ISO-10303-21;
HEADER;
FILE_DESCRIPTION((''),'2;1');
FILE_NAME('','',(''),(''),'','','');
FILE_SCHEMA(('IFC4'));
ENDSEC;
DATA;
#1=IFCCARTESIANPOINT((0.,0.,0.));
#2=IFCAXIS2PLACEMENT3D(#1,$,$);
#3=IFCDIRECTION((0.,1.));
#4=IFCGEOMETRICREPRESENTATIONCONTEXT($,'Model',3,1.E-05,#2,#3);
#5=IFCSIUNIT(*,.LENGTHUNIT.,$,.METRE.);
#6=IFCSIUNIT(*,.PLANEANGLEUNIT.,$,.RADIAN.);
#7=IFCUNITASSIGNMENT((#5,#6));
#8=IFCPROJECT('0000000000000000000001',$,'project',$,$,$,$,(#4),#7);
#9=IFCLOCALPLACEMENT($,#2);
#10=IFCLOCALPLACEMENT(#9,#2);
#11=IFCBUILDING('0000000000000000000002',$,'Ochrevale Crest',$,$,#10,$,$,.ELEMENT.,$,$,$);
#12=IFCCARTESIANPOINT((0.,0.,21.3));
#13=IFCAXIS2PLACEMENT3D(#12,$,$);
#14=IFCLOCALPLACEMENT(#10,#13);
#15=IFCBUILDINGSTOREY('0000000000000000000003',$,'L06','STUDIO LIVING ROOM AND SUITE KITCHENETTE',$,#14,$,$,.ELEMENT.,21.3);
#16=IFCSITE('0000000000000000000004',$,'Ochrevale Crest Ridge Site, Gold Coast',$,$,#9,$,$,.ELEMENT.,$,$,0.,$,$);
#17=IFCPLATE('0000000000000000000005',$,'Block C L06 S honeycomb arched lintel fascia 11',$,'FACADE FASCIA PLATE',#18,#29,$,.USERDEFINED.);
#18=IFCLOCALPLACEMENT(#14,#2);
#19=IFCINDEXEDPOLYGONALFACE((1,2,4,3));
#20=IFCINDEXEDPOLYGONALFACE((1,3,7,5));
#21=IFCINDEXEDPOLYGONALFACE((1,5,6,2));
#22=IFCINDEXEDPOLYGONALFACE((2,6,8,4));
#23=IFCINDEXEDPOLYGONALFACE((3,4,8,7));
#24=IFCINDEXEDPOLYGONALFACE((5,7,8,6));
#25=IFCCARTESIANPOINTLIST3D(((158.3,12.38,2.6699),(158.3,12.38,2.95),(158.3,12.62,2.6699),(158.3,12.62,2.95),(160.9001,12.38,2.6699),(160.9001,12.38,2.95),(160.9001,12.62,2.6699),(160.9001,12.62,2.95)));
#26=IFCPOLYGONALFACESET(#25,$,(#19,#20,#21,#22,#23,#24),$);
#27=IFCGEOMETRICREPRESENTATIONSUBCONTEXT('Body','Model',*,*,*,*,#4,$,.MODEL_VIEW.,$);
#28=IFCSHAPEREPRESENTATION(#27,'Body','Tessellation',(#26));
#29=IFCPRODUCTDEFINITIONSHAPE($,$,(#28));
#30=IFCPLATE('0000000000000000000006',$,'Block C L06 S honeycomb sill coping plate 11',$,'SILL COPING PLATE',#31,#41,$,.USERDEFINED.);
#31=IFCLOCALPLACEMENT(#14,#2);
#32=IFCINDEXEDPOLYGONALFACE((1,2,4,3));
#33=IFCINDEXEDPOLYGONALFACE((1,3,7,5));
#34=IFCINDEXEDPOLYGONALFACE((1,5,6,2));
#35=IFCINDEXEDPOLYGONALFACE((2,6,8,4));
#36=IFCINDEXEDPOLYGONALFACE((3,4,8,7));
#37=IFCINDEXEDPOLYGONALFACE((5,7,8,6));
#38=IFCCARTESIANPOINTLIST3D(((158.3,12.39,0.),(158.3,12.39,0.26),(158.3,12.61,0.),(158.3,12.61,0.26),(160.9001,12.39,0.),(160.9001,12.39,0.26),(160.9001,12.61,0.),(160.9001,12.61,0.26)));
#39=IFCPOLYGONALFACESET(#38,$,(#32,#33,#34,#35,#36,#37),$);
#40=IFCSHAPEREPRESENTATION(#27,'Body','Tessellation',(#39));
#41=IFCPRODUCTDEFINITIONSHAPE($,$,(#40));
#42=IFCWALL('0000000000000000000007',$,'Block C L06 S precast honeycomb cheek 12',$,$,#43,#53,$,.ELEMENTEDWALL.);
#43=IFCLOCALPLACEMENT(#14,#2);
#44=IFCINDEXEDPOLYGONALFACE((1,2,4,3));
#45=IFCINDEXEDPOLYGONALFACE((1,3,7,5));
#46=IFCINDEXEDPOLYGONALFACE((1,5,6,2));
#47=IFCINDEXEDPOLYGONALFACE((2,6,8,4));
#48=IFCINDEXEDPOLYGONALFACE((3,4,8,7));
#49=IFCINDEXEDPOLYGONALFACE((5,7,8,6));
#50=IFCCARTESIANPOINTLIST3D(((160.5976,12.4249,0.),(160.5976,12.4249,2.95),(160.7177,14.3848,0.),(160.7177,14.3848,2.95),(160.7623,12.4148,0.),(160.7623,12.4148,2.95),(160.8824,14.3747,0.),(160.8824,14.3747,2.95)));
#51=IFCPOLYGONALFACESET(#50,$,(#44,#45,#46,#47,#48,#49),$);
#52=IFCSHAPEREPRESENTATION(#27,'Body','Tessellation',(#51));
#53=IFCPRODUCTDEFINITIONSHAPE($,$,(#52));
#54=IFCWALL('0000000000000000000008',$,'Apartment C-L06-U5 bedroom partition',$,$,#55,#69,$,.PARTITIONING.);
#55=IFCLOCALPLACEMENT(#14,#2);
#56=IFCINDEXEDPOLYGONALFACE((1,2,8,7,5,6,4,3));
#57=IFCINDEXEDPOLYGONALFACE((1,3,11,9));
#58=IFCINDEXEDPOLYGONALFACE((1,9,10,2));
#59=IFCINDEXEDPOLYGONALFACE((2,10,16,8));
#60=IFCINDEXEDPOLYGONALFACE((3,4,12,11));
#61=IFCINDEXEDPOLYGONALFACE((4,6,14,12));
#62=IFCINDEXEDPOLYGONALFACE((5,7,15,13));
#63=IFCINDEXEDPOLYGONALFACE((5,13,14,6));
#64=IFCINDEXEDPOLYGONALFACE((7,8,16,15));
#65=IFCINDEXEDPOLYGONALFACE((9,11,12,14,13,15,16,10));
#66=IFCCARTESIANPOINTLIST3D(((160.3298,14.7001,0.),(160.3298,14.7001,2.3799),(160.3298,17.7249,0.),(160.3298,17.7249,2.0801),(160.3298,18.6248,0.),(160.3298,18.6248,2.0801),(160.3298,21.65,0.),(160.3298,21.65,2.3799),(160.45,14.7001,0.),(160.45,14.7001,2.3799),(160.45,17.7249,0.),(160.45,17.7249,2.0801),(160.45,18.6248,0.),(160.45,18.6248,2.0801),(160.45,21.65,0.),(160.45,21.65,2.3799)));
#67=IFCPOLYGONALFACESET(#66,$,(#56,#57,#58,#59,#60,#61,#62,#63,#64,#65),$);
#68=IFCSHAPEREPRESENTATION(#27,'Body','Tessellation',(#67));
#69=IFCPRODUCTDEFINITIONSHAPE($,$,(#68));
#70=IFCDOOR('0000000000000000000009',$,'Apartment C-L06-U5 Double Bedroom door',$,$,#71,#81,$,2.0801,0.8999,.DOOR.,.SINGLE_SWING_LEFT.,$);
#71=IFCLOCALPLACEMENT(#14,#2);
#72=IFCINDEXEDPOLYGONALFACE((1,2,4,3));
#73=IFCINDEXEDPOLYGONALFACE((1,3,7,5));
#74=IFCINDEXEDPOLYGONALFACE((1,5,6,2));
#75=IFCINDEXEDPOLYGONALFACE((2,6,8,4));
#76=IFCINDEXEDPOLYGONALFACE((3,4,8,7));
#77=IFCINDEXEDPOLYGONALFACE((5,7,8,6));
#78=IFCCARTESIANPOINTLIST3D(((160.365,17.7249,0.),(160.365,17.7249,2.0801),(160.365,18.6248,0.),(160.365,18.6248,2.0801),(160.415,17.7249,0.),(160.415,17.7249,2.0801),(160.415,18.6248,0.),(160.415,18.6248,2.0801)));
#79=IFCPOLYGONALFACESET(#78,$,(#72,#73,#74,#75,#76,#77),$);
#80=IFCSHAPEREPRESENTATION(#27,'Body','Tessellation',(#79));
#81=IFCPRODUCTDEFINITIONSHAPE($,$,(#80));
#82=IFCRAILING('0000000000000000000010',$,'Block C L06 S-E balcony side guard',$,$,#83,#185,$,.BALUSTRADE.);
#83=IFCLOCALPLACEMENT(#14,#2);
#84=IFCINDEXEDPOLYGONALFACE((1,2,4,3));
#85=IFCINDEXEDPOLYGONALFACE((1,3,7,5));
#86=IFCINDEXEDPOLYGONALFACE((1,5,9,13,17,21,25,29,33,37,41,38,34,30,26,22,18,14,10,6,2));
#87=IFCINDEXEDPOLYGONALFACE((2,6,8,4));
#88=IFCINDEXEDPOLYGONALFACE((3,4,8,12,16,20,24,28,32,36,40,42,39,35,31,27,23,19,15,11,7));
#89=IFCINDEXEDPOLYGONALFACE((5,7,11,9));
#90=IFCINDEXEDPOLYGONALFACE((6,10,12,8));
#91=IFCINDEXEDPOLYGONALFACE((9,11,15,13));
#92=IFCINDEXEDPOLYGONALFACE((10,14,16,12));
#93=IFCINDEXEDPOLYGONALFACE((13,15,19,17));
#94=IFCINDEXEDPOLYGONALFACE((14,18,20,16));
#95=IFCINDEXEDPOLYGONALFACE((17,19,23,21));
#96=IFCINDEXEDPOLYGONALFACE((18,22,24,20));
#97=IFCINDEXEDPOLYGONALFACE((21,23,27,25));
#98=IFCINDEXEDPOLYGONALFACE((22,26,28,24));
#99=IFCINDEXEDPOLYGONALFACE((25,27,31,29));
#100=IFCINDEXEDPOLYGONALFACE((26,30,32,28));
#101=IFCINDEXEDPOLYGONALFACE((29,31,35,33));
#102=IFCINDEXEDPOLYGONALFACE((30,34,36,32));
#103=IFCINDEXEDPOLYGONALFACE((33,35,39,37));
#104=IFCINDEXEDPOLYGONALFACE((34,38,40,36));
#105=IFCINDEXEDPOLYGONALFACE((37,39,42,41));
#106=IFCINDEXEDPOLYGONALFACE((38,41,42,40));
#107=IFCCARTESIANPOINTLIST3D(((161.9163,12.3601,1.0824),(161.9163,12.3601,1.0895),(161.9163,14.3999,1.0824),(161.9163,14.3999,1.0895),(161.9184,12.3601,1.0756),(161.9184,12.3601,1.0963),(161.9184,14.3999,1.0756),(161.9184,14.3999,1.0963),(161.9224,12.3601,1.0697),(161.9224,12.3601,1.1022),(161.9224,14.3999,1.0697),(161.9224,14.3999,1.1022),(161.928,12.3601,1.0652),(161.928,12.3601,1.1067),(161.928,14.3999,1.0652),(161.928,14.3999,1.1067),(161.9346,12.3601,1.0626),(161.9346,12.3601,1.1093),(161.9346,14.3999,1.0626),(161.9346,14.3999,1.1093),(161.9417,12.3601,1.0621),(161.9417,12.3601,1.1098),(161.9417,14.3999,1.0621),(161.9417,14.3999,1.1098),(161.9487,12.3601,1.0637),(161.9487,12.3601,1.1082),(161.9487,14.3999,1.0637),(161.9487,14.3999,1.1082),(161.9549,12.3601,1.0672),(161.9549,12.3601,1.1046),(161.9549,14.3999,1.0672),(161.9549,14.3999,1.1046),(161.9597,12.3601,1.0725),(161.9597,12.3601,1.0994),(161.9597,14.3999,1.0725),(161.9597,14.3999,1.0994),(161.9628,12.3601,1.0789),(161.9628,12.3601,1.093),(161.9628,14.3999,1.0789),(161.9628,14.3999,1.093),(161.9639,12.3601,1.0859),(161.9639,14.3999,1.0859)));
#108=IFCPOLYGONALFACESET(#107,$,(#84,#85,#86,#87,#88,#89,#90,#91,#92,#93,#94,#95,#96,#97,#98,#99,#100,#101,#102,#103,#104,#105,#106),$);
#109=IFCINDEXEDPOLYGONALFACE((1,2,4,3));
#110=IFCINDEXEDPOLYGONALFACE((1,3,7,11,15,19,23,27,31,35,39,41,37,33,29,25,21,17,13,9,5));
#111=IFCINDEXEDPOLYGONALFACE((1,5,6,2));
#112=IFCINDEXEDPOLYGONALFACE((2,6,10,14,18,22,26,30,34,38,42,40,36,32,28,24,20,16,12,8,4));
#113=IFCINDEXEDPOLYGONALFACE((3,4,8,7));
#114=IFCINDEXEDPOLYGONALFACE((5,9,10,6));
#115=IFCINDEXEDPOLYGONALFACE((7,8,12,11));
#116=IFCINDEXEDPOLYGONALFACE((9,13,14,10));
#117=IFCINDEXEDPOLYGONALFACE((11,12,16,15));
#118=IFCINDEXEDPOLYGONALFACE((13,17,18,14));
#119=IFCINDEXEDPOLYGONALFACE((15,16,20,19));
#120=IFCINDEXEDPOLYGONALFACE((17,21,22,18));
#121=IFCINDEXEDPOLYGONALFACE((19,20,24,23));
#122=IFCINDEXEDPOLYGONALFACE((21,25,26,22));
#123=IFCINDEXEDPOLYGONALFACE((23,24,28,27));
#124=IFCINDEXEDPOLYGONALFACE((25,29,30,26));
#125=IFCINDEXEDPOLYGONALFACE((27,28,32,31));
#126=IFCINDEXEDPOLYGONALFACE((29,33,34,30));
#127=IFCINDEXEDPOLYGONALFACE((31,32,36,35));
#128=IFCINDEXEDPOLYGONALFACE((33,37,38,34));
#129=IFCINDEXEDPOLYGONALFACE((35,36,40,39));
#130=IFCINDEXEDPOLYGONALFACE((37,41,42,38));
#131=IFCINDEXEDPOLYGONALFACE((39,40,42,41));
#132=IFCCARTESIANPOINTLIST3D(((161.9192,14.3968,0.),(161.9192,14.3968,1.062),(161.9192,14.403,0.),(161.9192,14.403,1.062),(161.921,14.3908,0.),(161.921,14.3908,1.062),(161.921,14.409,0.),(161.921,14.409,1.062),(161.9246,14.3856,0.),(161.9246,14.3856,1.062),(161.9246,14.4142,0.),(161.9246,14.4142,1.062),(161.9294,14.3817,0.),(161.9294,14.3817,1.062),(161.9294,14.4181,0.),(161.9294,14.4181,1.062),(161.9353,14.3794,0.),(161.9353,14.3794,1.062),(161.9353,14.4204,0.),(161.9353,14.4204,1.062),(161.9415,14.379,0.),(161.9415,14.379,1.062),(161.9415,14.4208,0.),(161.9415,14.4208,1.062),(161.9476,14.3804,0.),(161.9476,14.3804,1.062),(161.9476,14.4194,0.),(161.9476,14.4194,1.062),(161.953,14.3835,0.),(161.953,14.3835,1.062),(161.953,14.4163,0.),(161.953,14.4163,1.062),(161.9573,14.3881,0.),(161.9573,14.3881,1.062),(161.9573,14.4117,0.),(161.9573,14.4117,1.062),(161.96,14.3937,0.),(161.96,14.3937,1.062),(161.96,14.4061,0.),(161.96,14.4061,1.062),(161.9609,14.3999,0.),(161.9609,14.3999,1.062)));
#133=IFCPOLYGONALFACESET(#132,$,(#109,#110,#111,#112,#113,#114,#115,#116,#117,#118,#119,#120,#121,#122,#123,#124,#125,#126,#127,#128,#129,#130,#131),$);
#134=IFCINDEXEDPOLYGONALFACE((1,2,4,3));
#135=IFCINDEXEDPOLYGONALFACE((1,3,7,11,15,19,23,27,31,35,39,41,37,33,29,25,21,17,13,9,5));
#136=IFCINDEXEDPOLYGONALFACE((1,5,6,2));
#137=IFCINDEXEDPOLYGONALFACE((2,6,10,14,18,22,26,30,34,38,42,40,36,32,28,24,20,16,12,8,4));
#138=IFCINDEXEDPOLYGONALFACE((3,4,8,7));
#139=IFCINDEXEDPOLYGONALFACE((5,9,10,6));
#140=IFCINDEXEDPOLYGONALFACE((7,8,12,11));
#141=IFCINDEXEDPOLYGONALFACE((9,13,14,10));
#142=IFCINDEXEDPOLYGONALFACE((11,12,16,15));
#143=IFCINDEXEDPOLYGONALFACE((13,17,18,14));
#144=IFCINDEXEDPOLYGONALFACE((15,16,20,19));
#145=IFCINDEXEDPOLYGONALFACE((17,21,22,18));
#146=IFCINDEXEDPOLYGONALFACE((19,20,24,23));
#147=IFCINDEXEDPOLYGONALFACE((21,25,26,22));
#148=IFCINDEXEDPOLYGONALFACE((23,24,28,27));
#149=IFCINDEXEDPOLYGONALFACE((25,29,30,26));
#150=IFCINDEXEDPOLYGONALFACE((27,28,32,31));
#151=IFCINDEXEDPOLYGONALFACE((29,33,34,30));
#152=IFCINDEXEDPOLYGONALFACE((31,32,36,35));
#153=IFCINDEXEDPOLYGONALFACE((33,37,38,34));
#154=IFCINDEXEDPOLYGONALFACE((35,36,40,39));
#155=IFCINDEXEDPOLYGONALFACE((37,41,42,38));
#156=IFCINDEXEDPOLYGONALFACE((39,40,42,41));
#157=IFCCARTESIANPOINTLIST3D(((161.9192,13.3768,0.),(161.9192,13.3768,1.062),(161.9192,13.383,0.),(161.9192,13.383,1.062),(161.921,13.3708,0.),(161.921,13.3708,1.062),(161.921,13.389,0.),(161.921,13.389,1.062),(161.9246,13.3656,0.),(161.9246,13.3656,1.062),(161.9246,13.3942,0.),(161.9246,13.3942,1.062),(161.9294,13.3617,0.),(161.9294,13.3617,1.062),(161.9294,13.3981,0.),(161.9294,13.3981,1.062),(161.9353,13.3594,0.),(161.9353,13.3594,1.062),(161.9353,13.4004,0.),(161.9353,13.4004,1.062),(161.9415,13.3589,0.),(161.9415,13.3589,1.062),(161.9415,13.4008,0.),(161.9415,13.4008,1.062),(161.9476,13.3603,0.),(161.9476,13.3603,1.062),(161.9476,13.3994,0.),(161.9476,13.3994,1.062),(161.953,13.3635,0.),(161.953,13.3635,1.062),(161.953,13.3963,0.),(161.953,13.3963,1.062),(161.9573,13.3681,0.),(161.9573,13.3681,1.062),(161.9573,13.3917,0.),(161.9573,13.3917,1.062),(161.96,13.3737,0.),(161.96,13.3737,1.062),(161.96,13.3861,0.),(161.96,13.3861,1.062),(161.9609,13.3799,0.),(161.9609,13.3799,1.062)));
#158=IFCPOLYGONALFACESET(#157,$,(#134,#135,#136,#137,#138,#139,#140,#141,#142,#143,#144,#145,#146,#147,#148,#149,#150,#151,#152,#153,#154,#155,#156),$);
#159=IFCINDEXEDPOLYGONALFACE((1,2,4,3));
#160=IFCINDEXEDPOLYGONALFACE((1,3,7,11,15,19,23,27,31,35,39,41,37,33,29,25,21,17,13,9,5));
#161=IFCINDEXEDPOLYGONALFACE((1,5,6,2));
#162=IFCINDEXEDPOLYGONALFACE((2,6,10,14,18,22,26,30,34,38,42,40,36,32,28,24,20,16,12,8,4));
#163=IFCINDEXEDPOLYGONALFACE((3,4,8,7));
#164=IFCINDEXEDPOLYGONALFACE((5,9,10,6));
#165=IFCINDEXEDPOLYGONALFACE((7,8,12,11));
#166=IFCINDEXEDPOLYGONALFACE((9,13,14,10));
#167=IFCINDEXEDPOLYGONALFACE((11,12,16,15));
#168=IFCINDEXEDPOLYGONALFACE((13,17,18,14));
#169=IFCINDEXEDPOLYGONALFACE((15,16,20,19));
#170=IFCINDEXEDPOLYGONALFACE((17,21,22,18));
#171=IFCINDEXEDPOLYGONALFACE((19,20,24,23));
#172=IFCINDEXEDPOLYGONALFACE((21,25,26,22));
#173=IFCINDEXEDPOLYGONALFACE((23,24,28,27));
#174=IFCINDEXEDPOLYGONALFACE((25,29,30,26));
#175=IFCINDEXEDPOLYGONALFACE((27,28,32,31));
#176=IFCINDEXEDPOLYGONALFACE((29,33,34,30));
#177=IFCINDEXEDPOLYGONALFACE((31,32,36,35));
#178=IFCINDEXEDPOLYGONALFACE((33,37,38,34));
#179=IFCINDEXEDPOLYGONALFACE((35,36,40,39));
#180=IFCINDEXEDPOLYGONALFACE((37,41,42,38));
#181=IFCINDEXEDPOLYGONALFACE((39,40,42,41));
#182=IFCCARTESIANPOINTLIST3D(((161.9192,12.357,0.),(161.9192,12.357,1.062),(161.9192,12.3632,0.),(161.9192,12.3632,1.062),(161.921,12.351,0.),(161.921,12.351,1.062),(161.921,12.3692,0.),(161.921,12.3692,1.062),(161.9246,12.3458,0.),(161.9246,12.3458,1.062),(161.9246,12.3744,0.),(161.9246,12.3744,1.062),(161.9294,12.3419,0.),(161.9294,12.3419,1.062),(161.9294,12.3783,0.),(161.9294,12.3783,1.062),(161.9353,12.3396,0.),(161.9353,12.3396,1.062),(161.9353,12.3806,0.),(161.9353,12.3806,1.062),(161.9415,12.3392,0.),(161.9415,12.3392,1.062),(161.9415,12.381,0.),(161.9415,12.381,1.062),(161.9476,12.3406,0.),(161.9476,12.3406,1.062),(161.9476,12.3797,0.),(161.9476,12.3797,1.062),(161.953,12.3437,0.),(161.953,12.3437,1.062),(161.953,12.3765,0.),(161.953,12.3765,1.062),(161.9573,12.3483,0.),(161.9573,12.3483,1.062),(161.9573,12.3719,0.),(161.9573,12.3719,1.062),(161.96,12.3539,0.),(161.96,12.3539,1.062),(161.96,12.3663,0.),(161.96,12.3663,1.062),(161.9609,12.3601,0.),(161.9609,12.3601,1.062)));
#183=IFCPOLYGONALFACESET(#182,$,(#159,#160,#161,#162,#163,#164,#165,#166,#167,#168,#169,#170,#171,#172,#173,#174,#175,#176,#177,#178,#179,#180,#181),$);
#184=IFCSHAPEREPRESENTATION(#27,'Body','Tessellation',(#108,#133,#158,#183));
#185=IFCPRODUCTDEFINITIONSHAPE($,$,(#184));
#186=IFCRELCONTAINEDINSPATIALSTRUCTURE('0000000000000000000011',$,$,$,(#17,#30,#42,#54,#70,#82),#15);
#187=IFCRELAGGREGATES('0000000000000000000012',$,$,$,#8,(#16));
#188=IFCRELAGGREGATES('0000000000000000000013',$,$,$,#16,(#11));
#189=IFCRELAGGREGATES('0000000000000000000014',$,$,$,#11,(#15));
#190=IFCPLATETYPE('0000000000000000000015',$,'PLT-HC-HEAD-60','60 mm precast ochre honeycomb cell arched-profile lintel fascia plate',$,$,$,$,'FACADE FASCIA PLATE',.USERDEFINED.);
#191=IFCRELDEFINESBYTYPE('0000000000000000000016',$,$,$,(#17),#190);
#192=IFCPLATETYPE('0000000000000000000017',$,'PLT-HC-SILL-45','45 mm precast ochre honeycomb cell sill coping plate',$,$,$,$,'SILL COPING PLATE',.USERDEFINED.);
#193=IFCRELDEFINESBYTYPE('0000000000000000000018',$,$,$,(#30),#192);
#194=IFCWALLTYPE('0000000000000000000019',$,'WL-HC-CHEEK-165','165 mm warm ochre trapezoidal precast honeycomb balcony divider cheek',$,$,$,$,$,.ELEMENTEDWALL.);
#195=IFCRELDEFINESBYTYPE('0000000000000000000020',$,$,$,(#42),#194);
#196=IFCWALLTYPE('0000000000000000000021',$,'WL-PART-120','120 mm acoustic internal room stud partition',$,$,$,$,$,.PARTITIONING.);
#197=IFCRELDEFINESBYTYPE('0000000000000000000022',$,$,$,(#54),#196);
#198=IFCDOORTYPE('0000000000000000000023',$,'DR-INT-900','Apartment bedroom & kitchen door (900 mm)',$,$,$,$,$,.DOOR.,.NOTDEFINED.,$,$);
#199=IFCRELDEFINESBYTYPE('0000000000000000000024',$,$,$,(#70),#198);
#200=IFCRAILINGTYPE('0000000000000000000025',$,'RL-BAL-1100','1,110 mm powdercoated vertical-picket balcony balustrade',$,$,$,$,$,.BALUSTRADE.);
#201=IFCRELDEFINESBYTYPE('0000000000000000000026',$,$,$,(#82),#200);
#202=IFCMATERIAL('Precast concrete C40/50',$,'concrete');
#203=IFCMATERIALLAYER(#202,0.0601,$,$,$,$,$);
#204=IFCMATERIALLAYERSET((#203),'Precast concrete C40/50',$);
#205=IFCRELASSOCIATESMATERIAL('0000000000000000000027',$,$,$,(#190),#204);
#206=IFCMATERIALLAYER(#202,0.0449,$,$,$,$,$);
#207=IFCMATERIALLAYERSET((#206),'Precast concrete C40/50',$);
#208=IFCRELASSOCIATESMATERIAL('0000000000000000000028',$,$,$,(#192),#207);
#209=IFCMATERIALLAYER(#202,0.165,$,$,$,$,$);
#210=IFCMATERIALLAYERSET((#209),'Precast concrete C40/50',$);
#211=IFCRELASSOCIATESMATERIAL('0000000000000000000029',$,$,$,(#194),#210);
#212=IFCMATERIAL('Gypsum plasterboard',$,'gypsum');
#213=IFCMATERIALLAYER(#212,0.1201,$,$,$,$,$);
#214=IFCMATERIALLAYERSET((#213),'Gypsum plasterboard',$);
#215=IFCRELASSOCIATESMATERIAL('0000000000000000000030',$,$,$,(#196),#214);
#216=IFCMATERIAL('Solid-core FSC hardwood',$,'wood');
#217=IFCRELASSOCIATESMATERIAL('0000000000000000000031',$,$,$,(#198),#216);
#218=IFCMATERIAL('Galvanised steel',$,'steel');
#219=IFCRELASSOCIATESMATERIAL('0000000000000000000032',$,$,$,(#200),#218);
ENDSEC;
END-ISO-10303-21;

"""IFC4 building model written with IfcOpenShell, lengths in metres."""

from ifc_helpers import new_model, si_unit, direction, frame, frame_2d, origin, origin_2d, place, context, subcontext, project, spatial, rectangle, circle, extrude, material, layer, layer_set, type_object, element, fill, save


model = new_model("IFC4")

# Units and contexts
model_context = context("Model", 3, precision=1e-05, world=origin(), true_north=direction((0.0, 1.0)))
body_context = subcontext(model_context, "Body", "Model", "MODEL_VIEW")
ifc_project = project(units=[si_unit("LENGTHUNIT", "METRE"), si_unit("PLANEANGLEUNIT", "RADIAN")], contexts=[model_context])

# Site, building, storey
site_placement = place(None, origin())
site = spatial("IfcSite", under=ifc_project, at=site_placement, Name="Ochrevale Crest Ridge Site, Gold Coast", CompositionType="ELEMENT", RefElevation=0.0)
building_placement = place(site_placement, origin())
building = spatial("IfcBuilding", under=site, at=building_placement, Name="Ochrevale Crest", CompositionType="ELEMENT")
storey_placement = place(building_placement, frame((0.0, 0.0, 21.3)))
storey = spatial("IfcBuildingStorey", under=building, at=storey_placement, Name="L06", Description="STUDIO LIVING ROOM AND SUITE KITCHENETTE", CompositionType="ELEMENT", Elevation=21.3)

# Plates
ifc_material_1 = material(Name="Precast concrete C40/50", Category="concrete")
ifc_layer_1 = layer(ifc_material_1, 0.0601)
ifc_layer_set_1 = layer_set([ifc_layer_1], Name="Precast concrete C40/50")
plate_type_1 = type_object("IfcPlateType", Name="PLT-HC-HEAD-60", Description="60 mm precast ochre honeycomb cell arched-profile lintel fascia plate", ElementType="FACADE FASCIA PLATE", PredefinedType="USERDEFINED", material=ifc_layer_set_1)
plate_1_placement = place(storey_placement, frame((159.6001, 12.5, 2.6699), z_axis=(0.0, 0.0, 1.0), x_axis=(1.0, 0.0, 0.0)))
element("IfcPlate", 1, at=plate_1_placement, inside=storey, type_object=plate_type_1, Name="Block C L06 S honeycomb arched lintel fascia 11", ObjectType="FACADE FASCIA PLATE", PredefinedType="USERDEFINED", context=body_context, shape_type="SweptSolid", body=[
    extrude(rectangle(XDim=2.6001, YDim=0.24, at=origin_2d()), origin(), (0.0, 0.0, 1.0), 0.28),
])
ifc_layer_2 = layer(ifc_material_1, 0.0449)
ifc_layer_set_2 = layer_set([ifc_layer_2], Name="Precast concrete C40/50")
plate_type_2 = type_object("IfcPlateType", Name="PLT-HC-SILL-45", Description="45 mm precast ochre honeycomb cell sill coping plate", ElementType="SILL COPING PLATE", PredefinedType="USERDEFINED", material=ifc_layer_set_2)
plate_2_placement = place(storey_placement, frame((159.6001, 12.5, 0.0), z_axis=(0.0, 0.0, 1.0), x_axis=(1.0, 0.0, 0.0)))
element("IfcPlate", 2, at=plate_2_placement, inside=storey, type_object=plate_type_2, Name="Block C L06 S honeycomb sill coping plate 11", ObjectType="SILL COPING PLATE", PredefinedType="USERDEFINED", context=body_context, shape_type="SweptSolid", body=[
    extrude(rectangle(XDim=2.6001, YDim=0.22, at=origin_2d()), origin(), (0.0, 0.0, 1.0), 0.26),
])

# Wall
ifc_layer_3 = layer(ifc_material_1, 0.165)
ifc_layer_set_3 = layer_set([ifc_layer_3], Name="Precast concrete C40/50")
wall_type_1 = type_object("IfcWallType", Name="WL-HC-CHEEK-165", Description="165 mm warm ochre trapezoidal precast honeycomb balcony divider cheek", PredefinedType="ELEMENTEDWALL", material=ifc_layer_set_3)
wall_1_placement = place(storey_placement, frame((160.8, 14.3799, 0.0), z_axis=(0.0, 0.0, 1.0), x_axis=(-0.061171, -0.998127, 0.0)))
element("IfcWall", 3, at=wall_1_placement, inside=storey, type_object=wall_type_1, Name="Block C L06 S precast honeycomb cheek 12", PredefinedType="ELEMENTEDWALL", context=body_context, shape_type="SweptSolid", body=[
    extrude(rectangle(XDim=1.9636, YDim=0.165, at=frame_2d((0.9819, 0.0))), origin(), (0.0, 0.0, 1.0), 2.95),
])

# Wall, opening, door
ifc_material_2 = material(Name="Gypsum plasterboard", Category="gypsum")
ifc_layer_4 = layer(ifc_material_2, 0.1201)
ifc_layer_set_4 = layer_set([ifc_layer_4], Name="Gypsum plasterboard")
wall_type_2 = type_object("IfcWallType", Name="WL-PART-120", Description="120 mm acoustic internal room stud partition", PredefinedType="PARTITIONING", material=ifc_layer_set_4)
wall_2_placement = place(storey_placement, frame((160.3899, 14.7, 0.0), z_axis=(0.0, 0.0, 1.0), x_axis=(0.0, 1.0, 0.0)))
wall_2 = element("IfcWall", 4, at=wall_2_placement, inside=storey, type_object=wall_type_2, Name="Apartment C-L06-U5 bedroom partition", PredefinedType="PARTITIONING", context=body_context, shape_type="SweptSolid", body=[
    extrude(rectangle(XDim=6.95, YDim=0.1201, at=frame_2d((3.4751, 0.0))), origin(), (0.0, 0.0, 1.0), 2.3799),
])
opening_placement = place(wall_2_placement, frame((3.0249, 0.0, 0.0)))
opening = element("IfcOpeningElement", 5, at=opening_placement, cuts=wall_2, PredefinedType="OPENING", context=body_context, shape_type="SweptSolid", body=[
    extrude(rectangle(XDim=0.8999, YDim=2.0801, at=frame_2d((0.45, 1.04))), frame((0.0, 0.0701, 0.0), z_axis=(0.0, -1.0, 0.0), x_axis=(1.0, 0.0, 0.0)), (0.0, 0.0, 1.0), 0.1401),
])
ifc_material_3 = material(Name="Solid-core FSC hardwood", Category="wood")
door_type = type_object("IfcDoorType", Name="DR-INT-900", Description="Apartment bedroom & kitchen door (900 mm)", OperationType="NOTDEFINED", PredefinedType="DOOR", material=ifc_material_3)
door_placement = place(opening_placement, origin())
door = element("IfcDoor", 6, at=door_placement, inside=storey, type_object=door_type, Name="Apartment C-L06-U5 Double Bedroom door", OperationType="SINGLE_SWING_LEFT", OverallHeight=2.0801, OverallWidth=0.8999, PredefinedType="DOOR", context=body_context, shape_type="SweptSolid", body=[
    extrude(rectangle(XDim=0.8999, YDim=2.0801, at=frame_2d((0.45, 1.04))), frame((0.0, 0.0249, 0.0), z_axis=(0.0, -1.0, 0.0), x_axis=(1.0, 0.0, 0.0)), (0.0, 0.0, 1.0), 0.05),
])
fill(opening, door)

# Railing
ifc_material_4 = material(Name="Galvanised steel", Category="steel")
railing_type = type_object("IfcRailingType", Name="RL-BAL-1100", Description="1,110 mm powdercoated vertical-picket balcony balustrade", PredefinedType="BALUSTRADE", material=ifc_material_4)
railing_placement = place(storey_placement, frame((161.9399, 14.3999, 0.0)))
element("IfcRailing", 7, at=railing_placement, inside=storey, type_object=railing_type, Name="Block C L06 S-E balcony side guard", PredefinedType="BALUSTRADE", context=body_context, shape_type="SweptSolid", body=[
    extrude(circle(Radius=0.0239, at=origin_2d()), frame((0.0, 0.0, 1.0859), z_axis=(0.0, -1.0, 0.0), x_axis=(1.0, 0.0, 0.0)), (0.0, 0.0, 1.0), 2.0398),
    extrude(circle(Radius=0.021, at=origin_2d()), origin(), (0.0, 0.0, 1.0), 1.062),
    extrude(circle(Radius=0.021, at=origin_2d()), frame((0.0, -1.02, 0.0)), (0.0, 0.0, 1.0), 1.062),
    extrude(circle(Radius=0.021, at=origin_2d()), frame((0.0, -2.0398, 0.0)), (0.0, 0.0, 1.0), 1.062),
])

save(model, "model.ifc")
